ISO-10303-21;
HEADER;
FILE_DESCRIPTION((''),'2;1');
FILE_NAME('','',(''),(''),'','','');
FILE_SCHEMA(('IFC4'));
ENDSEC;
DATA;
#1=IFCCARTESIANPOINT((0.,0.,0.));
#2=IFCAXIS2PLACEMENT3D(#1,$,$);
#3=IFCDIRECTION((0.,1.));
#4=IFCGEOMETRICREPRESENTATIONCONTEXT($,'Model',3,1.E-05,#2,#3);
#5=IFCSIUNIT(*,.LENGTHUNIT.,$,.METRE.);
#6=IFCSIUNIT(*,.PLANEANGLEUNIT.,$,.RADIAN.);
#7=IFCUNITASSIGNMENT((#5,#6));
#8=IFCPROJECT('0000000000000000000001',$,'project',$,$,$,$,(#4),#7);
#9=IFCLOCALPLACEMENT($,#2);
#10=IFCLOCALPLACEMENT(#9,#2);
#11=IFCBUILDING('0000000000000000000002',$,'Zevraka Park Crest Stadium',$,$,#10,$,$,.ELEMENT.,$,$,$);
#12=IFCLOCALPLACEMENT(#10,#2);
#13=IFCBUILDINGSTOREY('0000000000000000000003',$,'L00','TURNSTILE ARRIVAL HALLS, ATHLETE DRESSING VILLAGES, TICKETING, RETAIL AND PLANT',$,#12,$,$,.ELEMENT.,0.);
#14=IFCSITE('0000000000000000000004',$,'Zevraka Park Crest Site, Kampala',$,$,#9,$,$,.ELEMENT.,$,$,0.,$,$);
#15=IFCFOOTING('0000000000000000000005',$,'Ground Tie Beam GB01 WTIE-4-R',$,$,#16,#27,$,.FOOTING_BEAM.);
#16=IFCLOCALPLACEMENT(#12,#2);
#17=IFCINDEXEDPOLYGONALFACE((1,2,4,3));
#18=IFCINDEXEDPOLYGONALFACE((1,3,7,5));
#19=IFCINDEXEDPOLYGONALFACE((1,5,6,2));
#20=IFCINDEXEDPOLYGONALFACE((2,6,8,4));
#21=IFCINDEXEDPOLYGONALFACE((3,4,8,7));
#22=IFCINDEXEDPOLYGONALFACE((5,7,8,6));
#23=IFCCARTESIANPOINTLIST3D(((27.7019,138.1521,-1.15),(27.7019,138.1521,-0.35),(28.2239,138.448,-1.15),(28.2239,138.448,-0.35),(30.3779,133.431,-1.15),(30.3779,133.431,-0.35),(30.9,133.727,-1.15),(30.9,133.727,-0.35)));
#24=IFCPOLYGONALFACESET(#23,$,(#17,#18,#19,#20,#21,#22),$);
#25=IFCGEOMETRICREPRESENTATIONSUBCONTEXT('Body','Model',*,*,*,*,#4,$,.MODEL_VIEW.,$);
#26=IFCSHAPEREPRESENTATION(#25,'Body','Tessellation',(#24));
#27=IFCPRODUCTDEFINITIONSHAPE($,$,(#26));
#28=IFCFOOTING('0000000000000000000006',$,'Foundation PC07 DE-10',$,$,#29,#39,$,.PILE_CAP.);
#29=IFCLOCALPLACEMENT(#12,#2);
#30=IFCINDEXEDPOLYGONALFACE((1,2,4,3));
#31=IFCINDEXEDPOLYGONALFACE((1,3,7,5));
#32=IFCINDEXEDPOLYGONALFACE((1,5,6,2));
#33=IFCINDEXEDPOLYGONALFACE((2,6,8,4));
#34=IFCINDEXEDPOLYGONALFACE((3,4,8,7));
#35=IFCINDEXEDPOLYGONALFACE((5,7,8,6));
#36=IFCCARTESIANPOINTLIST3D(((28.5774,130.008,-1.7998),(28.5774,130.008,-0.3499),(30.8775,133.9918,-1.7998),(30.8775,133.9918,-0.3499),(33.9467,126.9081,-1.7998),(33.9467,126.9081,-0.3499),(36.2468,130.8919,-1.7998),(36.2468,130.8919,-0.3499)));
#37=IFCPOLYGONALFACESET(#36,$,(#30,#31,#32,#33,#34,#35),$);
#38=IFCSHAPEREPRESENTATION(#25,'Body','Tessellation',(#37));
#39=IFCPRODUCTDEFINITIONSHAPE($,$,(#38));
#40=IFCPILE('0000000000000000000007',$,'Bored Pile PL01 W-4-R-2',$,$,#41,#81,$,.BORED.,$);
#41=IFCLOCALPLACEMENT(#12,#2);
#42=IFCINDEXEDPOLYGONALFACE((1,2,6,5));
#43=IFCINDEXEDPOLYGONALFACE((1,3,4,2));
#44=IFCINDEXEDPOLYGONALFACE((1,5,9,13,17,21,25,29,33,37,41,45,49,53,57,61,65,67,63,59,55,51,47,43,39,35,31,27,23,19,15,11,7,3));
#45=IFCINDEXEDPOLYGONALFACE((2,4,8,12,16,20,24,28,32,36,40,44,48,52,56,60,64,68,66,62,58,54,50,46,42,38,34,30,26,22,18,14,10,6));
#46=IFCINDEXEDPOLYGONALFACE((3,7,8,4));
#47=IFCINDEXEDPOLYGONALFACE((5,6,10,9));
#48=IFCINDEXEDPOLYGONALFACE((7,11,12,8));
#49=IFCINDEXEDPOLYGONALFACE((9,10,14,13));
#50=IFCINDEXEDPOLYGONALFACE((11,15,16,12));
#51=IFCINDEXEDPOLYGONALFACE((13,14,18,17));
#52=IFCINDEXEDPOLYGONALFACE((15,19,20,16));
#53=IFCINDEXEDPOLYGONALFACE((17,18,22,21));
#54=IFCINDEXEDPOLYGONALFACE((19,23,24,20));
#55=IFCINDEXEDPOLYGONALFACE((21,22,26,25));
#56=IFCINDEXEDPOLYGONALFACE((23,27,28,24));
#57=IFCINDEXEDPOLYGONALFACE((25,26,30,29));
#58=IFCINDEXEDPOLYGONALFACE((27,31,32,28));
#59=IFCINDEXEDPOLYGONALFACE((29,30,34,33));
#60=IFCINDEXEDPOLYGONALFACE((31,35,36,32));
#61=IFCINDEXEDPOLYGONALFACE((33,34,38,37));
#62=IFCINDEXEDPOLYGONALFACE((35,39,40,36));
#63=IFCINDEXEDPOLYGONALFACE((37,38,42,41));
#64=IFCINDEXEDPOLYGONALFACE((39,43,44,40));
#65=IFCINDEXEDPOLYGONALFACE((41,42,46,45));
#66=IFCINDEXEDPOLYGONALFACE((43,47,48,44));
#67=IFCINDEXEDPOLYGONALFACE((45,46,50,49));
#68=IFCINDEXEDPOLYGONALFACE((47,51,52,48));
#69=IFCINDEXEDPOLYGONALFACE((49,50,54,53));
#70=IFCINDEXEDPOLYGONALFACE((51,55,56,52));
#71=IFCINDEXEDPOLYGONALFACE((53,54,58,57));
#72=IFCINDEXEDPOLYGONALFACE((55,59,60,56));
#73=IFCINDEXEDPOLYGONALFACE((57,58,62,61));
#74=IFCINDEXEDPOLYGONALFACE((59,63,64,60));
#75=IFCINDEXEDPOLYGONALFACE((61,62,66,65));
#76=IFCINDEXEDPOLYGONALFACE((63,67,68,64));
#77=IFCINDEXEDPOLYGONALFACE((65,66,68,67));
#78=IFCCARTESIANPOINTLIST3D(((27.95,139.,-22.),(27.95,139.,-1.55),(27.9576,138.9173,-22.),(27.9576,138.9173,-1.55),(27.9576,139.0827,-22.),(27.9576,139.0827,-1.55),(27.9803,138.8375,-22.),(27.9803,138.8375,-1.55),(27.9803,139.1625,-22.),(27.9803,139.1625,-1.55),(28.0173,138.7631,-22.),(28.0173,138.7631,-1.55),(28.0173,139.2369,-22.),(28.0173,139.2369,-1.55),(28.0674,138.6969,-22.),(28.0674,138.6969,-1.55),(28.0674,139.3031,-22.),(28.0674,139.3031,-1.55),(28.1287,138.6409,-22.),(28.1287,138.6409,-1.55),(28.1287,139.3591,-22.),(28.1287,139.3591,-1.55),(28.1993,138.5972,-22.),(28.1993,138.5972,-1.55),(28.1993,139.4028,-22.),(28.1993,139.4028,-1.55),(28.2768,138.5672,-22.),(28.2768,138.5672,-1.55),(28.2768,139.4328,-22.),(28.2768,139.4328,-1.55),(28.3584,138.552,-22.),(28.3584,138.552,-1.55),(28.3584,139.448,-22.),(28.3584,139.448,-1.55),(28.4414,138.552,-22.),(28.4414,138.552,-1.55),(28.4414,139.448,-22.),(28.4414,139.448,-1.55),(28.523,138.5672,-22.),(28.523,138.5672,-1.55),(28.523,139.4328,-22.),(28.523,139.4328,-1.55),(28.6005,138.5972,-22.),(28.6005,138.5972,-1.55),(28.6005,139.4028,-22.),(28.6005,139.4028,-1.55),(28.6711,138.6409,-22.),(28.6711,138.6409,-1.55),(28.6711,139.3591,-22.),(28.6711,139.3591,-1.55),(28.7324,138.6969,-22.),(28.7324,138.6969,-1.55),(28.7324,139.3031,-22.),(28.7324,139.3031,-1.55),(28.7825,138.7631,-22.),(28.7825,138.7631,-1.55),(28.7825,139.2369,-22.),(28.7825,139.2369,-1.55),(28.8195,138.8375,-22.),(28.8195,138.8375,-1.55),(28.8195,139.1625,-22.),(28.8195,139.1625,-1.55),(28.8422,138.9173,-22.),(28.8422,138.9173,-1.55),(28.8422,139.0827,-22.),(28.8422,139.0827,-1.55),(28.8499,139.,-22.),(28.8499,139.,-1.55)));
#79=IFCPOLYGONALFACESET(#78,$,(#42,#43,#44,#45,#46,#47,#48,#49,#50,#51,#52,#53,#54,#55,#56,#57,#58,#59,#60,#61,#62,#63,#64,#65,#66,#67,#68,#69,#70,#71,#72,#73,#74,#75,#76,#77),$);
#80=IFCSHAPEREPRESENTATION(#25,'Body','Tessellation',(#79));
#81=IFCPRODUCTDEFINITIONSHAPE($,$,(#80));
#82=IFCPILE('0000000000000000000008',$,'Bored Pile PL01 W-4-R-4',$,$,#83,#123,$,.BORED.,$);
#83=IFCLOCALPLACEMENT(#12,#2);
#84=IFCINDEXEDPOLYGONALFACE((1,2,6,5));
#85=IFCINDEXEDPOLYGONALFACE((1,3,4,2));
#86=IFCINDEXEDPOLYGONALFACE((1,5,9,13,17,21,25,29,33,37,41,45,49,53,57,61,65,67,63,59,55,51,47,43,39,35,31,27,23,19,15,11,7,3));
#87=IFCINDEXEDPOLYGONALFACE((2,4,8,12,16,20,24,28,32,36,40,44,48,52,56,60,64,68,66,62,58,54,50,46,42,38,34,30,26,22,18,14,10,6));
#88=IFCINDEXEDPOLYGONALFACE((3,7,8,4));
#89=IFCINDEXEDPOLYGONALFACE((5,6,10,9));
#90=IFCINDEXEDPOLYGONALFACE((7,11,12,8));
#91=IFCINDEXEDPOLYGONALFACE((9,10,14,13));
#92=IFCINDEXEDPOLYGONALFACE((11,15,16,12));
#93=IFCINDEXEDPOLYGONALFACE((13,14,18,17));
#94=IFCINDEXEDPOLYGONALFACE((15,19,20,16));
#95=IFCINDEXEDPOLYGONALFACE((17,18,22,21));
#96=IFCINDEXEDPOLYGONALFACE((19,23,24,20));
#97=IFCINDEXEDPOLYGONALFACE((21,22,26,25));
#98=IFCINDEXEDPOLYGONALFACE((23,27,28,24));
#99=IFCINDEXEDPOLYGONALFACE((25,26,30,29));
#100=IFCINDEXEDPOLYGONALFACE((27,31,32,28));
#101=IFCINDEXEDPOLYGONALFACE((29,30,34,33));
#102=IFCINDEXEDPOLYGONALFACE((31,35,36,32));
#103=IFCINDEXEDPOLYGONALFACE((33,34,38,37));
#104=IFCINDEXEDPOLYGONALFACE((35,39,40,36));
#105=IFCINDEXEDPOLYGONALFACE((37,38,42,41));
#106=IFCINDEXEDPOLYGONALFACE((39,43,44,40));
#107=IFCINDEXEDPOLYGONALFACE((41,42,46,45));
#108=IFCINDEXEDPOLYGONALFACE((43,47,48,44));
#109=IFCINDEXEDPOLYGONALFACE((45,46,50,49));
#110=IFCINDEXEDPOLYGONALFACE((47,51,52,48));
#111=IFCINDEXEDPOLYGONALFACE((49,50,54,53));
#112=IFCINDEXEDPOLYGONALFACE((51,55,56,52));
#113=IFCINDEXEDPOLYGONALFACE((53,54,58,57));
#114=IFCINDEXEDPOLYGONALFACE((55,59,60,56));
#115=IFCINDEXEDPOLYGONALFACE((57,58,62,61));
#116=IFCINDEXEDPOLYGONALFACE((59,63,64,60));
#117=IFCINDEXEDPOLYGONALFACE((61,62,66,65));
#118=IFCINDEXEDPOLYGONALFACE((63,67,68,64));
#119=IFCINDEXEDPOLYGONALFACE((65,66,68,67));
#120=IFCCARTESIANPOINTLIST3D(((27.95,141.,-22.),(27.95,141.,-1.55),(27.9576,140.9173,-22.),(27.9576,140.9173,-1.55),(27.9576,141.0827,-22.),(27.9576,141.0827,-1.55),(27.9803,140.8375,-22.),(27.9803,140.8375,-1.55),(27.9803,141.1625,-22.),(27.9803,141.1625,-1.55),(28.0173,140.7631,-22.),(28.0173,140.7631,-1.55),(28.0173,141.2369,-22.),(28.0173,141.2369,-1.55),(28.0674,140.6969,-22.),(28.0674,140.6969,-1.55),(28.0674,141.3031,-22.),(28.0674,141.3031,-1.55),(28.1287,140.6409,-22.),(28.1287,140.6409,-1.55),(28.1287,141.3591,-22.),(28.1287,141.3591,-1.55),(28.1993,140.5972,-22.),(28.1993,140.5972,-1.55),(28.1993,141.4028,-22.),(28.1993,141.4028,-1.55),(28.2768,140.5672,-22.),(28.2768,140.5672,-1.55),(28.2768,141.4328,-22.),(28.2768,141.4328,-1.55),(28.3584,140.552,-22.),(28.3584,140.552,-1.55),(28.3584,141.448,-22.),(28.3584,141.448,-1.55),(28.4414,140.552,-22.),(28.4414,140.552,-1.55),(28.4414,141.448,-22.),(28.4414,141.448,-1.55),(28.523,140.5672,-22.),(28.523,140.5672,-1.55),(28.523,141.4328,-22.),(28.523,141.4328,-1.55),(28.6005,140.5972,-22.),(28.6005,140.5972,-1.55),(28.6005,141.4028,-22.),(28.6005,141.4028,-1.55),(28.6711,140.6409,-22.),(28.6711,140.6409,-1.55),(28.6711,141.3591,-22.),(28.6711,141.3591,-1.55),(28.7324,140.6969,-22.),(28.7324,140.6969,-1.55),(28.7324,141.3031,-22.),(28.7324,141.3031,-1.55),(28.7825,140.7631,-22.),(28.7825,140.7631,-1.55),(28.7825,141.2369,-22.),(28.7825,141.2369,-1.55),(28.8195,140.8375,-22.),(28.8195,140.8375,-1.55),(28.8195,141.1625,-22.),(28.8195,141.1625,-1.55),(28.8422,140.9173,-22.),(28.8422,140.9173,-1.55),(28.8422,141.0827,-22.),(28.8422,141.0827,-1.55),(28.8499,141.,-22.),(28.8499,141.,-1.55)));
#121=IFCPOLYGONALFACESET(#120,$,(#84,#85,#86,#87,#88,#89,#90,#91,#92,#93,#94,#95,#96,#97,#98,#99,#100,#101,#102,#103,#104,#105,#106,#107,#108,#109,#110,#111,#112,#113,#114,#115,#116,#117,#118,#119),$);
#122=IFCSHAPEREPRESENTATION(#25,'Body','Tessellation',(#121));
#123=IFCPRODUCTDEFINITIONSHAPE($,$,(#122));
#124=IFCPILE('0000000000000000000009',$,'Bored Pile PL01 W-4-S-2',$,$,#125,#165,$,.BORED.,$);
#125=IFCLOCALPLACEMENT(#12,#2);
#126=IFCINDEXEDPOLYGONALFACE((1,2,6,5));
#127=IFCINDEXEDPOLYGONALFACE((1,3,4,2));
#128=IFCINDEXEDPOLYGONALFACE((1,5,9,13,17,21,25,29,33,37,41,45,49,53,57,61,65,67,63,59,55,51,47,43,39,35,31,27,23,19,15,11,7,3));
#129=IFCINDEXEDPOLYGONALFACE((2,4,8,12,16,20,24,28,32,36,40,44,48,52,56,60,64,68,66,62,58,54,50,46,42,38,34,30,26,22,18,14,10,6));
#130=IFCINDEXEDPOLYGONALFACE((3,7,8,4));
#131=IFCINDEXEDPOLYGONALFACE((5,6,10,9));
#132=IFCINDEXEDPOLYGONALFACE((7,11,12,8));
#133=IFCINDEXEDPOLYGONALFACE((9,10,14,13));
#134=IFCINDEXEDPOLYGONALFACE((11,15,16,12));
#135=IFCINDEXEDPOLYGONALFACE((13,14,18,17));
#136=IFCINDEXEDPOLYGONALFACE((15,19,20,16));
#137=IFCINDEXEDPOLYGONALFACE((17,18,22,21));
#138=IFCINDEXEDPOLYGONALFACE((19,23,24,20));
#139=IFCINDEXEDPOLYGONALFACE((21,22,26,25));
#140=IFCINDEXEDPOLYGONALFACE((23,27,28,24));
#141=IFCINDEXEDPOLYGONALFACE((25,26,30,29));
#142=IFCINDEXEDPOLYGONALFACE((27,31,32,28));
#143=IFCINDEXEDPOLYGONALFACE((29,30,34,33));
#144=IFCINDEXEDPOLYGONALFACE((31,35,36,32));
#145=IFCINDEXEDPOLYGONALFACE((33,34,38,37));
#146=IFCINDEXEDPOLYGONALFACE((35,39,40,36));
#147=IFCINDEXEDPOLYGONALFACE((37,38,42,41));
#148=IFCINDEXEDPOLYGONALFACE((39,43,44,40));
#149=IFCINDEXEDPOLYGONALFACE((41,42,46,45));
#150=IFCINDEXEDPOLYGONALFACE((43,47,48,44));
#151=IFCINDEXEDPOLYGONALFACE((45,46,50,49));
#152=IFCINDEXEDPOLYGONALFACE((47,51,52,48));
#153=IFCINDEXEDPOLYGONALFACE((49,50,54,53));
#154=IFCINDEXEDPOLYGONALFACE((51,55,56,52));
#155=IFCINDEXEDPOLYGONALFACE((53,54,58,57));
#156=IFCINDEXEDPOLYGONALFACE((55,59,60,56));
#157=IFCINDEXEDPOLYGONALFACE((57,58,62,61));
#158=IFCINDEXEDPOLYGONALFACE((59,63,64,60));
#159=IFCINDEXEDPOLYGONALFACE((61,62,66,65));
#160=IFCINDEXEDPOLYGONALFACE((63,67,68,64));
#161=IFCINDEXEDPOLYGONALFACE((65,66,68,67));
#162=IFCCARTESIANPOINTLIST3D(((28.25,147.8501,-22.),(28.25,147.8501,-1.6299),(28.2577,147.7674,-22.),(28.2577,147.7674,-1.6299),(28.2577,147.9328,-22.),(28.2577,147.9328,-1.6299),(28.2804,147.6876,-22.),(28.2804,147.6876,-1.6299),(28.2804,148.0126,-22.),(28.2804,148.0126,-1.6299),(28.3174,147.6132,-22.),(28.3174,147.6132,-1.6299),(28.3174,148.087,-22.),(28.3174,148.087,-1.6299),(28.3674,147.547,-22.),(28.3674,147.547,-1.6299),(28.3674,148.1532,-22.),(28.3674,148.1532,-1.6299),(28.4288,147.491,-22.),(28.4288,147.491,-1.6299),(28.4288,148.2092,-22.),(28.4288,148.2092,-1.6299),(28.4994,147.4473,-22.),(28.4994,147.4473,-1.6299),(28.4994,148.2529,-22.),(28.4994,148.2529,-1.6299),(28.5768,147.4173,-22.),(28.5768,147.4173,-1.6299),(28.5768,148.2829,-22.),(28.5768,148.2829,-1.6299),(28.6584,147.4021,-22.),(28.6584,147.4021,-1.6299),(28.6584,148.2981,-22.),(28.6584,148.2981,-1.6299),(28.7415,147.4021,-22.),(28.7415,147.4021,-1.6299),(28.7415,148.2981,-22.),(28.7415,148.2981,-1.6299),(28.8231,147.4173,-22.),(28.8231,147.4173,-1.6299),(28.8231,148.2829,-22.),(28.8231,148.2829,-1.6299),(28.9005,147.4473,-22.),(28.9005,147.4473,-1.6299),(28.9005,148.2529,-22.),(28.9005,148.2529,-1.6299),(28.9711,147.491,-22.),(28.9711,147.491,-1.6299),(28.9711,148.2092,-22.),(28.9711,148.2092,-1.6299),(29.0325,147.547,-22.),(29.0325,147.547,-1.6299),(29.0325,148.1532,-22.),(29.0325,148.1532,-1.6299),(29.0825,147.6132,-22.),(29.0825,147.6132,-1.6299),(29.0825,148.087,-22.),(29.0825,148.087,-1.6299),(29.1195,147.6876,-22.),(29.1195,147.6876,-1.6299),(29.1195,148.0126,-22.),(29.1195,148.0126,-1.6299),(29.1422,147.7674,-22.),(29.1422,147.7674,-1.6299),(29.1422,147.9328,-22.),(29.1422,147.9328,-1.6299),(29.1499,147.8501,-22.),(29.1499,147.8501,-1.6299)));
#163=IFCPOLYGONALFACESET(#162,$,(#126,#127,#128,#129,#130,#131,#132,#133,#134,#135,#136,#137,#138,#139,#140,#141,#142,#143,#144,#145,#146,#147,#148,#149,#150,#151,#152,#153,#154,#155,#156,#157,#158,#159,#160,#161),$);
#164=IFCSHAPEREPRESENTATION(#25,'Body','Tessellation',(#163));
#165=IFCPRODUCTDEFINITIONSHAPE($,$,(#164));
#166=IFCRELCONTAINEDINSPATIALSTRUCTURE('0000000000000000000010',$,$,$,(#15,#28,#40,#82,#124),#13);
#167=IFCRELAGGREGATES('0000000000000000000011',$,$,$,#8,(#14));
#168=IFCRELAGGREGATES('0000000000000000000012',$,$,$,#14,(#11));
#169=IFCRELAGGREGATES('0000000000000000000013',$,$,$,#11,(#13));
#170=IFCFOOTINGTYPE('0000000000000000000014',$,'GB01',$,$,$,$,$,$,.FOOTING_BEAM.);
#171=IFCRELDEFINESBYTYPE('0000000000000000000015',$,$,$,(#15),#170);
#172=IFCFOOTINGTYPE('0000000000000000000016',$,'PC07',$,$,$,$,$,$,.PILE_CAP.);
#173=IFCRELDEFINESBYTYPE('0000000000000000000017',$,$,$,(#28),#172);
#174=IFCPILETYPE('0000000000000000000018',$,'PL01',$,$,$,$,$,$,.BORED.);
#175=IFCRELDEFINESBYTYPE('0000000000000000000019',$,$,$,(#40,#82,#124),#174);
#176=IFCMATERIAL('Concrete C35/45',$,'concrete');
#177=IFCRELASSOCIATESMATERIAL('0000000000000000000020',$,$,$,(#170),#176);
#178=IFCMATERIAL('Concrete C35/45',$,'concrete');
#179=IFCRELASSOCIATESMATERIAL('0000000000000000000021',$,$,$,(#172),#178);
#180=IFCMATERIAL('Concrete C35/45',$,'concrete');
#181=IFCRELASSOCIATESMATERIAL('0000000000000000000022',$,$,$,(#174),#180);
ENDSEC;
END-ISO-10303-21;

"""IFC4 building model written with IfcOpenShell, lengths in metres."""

from ifc_helpers import new_model, si_unit, direction, frame, origin, origin_2d, place, context, subcontext, project, spatial, rectangle, circle, extrude, material, material_profile, profile_set, type_object, element, save


model = new_model("IFC4")

# Units and contexts
model_context = context("Model", 3, precision=1e-05, world=origin(), true_north=direction((0.0, 1.0)))
body_context = subcontext(model_context, "Body", "Model", "MODEL_VIEW")
ifc_project = project(units=[si_unit("LENGTHUNIT", "METRE"), si_unit("PLANEANGLEUNIT", "RADIAN")], contexts=[model_context])

# Site, building, storey
site_placement = place(None, origin())
site = spatial("IfcSite", under=ifc_project, at=site_placement, Name="Zevraka Park Crest Site, Kampala", CompositionType="ELEMENT", RefElevation=0.0)
building_placement = place(site_placement, origin())
building = spatial("IfcBuilding", under=site, at=building_placement, Name="Zevraka Park Crest Stadium", CompositionType="ELEMENT")
storey_placement = place(building_placement, origin())
storey = spatial("IfcBuildingStorey", under=building, at=storey_placement, Name="L00", Description="TURNSTILE ARRIVAL HALLS, ATHLETE DRESSING VILLAGES, TICKETING, RETAIL AND PLANT", CompositionType="ELEMENT", Elevation=0.0)

# Footings
ifc_material_1 = material(Name="Concrete C35/45", Category="concrete")
ifc_material_profile_1 = material_profile(ifc_material_1, rectangle(XDim=0.6001, YDim=0.8, at=origin_2d()), Name="GB 800x600")
ifc_profile_set_1 = profile_set([ifc_material_profile_1], Name="Concrete C35/45")
footing_type_1 = type_object("IfcFootingType", Name="GB01", PredefinedType="FOOTING_BEAM", material=ifc_profile_set_1)
footing_1_placement = place(storey_placement, frame((27.9629, 138.3, -0.75), z_axis=(0.493127, -0.869957, 0.0), x_axis=(0.869957, 0.493127, 0.0)))
element("IfcFooting", 1, at=footing_1_placement, inside=storey, type_object=footing_type_1, Name="Ground Tie Beam GB01 WTIE-4-R", PredefinedType="FOOTING_BEAM", context=body_context, shape_type="SweptSolid", body=[
    extrude(rectangle(XDim=0.6001, YDim=0.8, at=origin_2d()), origin(), (0.0, 0.0, 1.0), 5.4268),
])
ifc_material_2 = material(Name="Concrete C35/45", Category="concrete")
footing_type_2 = type_object("IfcFootingType", Name="PC07", PredefinedType="PILE_CAP", material=ifc_material_2)
footing_2_placement = place(storey_placement, frame((32.4121, 130.45, -1.7998), z_axis=(0.0, 0.0, 1.0), x_axis=(-0.866025, 0.5, 0.0)))
element("IfcFooting", 2, at=footing_2_placement, inside=storey, type_object=footing_type_2, Name="Foundation PC07 DE-10", PredefinedType="PILE_CAP", context=body_context, shape_type="SweptSolid", body=[
    extrude(rectangle(XDim=6.2, YDim=4.6001, at=origin_2d()), origin(), (0.0, 0.0, 1.0), 1.45),
])

# Piles
ifc_material_3 = material(Name="Concrete C35/45", Category="concrete")
ifc_material_profile_2 = material_profile(ifc_material_3, circle(Radius=0.45, at=origin_2d()), Name="PILE D900")
ifc_profile_set_2 = profile_set([ifc_material_profile_2], Name="Concrete C35/45")
pile_type_1 = type_object("IfcPileType", Name="PL01", PredefinedType="BORED", material=ifc_profile_set_2)
for number, where, z_axis, x_axis, name in (
    (3, (28.3999, 139.0, -1.55), (0.0, 0.0, -1.0), (1.0, 0.0, 0.0), "Bored Pile PL01 W-4-R-2"),
    (4, (28.3999, 141.0, -1.55), (0.0, 0.0, -1.0), (1.0, 0.0, 0.0), "Bored Pile PL01 W-4-R-4"),
):
    element("IfcPile", number, at=place(storey_placement, frame(where, z_axis=z_axis, x_axis=x_axis)), inside=storey, type_object=pile_type_1, Name=name, PredefinedType="BORED", context=body_context, shape_type="SweptSolid", body=[
        extrude(circle(Radius=0.45, at=origin_2d()), origin(), (0.0, 0.0, 1.0), 20.45),
    ])
pile_placement = place(storey_placement, frame((28.7, 147.8501, -1.6299), z_axis=(0.0, 0.0, -1.0), x_axis=(1.0, 0.0, 0.0)))
element("IfcPile", 5, at=pile_placement, inside=storey, type_object=pile_type_1, Name="Bored Pile PL01 W-4-S-2", PredefinedType="BORED", context=body_context, shape_type="SweptSolid", body=[
    extrude(circle(Radius=0.45, at=origin_2d()), origin(), (0.0, 0.0, 1.0), 20.3701),
])

save(model, "model.ifc")
